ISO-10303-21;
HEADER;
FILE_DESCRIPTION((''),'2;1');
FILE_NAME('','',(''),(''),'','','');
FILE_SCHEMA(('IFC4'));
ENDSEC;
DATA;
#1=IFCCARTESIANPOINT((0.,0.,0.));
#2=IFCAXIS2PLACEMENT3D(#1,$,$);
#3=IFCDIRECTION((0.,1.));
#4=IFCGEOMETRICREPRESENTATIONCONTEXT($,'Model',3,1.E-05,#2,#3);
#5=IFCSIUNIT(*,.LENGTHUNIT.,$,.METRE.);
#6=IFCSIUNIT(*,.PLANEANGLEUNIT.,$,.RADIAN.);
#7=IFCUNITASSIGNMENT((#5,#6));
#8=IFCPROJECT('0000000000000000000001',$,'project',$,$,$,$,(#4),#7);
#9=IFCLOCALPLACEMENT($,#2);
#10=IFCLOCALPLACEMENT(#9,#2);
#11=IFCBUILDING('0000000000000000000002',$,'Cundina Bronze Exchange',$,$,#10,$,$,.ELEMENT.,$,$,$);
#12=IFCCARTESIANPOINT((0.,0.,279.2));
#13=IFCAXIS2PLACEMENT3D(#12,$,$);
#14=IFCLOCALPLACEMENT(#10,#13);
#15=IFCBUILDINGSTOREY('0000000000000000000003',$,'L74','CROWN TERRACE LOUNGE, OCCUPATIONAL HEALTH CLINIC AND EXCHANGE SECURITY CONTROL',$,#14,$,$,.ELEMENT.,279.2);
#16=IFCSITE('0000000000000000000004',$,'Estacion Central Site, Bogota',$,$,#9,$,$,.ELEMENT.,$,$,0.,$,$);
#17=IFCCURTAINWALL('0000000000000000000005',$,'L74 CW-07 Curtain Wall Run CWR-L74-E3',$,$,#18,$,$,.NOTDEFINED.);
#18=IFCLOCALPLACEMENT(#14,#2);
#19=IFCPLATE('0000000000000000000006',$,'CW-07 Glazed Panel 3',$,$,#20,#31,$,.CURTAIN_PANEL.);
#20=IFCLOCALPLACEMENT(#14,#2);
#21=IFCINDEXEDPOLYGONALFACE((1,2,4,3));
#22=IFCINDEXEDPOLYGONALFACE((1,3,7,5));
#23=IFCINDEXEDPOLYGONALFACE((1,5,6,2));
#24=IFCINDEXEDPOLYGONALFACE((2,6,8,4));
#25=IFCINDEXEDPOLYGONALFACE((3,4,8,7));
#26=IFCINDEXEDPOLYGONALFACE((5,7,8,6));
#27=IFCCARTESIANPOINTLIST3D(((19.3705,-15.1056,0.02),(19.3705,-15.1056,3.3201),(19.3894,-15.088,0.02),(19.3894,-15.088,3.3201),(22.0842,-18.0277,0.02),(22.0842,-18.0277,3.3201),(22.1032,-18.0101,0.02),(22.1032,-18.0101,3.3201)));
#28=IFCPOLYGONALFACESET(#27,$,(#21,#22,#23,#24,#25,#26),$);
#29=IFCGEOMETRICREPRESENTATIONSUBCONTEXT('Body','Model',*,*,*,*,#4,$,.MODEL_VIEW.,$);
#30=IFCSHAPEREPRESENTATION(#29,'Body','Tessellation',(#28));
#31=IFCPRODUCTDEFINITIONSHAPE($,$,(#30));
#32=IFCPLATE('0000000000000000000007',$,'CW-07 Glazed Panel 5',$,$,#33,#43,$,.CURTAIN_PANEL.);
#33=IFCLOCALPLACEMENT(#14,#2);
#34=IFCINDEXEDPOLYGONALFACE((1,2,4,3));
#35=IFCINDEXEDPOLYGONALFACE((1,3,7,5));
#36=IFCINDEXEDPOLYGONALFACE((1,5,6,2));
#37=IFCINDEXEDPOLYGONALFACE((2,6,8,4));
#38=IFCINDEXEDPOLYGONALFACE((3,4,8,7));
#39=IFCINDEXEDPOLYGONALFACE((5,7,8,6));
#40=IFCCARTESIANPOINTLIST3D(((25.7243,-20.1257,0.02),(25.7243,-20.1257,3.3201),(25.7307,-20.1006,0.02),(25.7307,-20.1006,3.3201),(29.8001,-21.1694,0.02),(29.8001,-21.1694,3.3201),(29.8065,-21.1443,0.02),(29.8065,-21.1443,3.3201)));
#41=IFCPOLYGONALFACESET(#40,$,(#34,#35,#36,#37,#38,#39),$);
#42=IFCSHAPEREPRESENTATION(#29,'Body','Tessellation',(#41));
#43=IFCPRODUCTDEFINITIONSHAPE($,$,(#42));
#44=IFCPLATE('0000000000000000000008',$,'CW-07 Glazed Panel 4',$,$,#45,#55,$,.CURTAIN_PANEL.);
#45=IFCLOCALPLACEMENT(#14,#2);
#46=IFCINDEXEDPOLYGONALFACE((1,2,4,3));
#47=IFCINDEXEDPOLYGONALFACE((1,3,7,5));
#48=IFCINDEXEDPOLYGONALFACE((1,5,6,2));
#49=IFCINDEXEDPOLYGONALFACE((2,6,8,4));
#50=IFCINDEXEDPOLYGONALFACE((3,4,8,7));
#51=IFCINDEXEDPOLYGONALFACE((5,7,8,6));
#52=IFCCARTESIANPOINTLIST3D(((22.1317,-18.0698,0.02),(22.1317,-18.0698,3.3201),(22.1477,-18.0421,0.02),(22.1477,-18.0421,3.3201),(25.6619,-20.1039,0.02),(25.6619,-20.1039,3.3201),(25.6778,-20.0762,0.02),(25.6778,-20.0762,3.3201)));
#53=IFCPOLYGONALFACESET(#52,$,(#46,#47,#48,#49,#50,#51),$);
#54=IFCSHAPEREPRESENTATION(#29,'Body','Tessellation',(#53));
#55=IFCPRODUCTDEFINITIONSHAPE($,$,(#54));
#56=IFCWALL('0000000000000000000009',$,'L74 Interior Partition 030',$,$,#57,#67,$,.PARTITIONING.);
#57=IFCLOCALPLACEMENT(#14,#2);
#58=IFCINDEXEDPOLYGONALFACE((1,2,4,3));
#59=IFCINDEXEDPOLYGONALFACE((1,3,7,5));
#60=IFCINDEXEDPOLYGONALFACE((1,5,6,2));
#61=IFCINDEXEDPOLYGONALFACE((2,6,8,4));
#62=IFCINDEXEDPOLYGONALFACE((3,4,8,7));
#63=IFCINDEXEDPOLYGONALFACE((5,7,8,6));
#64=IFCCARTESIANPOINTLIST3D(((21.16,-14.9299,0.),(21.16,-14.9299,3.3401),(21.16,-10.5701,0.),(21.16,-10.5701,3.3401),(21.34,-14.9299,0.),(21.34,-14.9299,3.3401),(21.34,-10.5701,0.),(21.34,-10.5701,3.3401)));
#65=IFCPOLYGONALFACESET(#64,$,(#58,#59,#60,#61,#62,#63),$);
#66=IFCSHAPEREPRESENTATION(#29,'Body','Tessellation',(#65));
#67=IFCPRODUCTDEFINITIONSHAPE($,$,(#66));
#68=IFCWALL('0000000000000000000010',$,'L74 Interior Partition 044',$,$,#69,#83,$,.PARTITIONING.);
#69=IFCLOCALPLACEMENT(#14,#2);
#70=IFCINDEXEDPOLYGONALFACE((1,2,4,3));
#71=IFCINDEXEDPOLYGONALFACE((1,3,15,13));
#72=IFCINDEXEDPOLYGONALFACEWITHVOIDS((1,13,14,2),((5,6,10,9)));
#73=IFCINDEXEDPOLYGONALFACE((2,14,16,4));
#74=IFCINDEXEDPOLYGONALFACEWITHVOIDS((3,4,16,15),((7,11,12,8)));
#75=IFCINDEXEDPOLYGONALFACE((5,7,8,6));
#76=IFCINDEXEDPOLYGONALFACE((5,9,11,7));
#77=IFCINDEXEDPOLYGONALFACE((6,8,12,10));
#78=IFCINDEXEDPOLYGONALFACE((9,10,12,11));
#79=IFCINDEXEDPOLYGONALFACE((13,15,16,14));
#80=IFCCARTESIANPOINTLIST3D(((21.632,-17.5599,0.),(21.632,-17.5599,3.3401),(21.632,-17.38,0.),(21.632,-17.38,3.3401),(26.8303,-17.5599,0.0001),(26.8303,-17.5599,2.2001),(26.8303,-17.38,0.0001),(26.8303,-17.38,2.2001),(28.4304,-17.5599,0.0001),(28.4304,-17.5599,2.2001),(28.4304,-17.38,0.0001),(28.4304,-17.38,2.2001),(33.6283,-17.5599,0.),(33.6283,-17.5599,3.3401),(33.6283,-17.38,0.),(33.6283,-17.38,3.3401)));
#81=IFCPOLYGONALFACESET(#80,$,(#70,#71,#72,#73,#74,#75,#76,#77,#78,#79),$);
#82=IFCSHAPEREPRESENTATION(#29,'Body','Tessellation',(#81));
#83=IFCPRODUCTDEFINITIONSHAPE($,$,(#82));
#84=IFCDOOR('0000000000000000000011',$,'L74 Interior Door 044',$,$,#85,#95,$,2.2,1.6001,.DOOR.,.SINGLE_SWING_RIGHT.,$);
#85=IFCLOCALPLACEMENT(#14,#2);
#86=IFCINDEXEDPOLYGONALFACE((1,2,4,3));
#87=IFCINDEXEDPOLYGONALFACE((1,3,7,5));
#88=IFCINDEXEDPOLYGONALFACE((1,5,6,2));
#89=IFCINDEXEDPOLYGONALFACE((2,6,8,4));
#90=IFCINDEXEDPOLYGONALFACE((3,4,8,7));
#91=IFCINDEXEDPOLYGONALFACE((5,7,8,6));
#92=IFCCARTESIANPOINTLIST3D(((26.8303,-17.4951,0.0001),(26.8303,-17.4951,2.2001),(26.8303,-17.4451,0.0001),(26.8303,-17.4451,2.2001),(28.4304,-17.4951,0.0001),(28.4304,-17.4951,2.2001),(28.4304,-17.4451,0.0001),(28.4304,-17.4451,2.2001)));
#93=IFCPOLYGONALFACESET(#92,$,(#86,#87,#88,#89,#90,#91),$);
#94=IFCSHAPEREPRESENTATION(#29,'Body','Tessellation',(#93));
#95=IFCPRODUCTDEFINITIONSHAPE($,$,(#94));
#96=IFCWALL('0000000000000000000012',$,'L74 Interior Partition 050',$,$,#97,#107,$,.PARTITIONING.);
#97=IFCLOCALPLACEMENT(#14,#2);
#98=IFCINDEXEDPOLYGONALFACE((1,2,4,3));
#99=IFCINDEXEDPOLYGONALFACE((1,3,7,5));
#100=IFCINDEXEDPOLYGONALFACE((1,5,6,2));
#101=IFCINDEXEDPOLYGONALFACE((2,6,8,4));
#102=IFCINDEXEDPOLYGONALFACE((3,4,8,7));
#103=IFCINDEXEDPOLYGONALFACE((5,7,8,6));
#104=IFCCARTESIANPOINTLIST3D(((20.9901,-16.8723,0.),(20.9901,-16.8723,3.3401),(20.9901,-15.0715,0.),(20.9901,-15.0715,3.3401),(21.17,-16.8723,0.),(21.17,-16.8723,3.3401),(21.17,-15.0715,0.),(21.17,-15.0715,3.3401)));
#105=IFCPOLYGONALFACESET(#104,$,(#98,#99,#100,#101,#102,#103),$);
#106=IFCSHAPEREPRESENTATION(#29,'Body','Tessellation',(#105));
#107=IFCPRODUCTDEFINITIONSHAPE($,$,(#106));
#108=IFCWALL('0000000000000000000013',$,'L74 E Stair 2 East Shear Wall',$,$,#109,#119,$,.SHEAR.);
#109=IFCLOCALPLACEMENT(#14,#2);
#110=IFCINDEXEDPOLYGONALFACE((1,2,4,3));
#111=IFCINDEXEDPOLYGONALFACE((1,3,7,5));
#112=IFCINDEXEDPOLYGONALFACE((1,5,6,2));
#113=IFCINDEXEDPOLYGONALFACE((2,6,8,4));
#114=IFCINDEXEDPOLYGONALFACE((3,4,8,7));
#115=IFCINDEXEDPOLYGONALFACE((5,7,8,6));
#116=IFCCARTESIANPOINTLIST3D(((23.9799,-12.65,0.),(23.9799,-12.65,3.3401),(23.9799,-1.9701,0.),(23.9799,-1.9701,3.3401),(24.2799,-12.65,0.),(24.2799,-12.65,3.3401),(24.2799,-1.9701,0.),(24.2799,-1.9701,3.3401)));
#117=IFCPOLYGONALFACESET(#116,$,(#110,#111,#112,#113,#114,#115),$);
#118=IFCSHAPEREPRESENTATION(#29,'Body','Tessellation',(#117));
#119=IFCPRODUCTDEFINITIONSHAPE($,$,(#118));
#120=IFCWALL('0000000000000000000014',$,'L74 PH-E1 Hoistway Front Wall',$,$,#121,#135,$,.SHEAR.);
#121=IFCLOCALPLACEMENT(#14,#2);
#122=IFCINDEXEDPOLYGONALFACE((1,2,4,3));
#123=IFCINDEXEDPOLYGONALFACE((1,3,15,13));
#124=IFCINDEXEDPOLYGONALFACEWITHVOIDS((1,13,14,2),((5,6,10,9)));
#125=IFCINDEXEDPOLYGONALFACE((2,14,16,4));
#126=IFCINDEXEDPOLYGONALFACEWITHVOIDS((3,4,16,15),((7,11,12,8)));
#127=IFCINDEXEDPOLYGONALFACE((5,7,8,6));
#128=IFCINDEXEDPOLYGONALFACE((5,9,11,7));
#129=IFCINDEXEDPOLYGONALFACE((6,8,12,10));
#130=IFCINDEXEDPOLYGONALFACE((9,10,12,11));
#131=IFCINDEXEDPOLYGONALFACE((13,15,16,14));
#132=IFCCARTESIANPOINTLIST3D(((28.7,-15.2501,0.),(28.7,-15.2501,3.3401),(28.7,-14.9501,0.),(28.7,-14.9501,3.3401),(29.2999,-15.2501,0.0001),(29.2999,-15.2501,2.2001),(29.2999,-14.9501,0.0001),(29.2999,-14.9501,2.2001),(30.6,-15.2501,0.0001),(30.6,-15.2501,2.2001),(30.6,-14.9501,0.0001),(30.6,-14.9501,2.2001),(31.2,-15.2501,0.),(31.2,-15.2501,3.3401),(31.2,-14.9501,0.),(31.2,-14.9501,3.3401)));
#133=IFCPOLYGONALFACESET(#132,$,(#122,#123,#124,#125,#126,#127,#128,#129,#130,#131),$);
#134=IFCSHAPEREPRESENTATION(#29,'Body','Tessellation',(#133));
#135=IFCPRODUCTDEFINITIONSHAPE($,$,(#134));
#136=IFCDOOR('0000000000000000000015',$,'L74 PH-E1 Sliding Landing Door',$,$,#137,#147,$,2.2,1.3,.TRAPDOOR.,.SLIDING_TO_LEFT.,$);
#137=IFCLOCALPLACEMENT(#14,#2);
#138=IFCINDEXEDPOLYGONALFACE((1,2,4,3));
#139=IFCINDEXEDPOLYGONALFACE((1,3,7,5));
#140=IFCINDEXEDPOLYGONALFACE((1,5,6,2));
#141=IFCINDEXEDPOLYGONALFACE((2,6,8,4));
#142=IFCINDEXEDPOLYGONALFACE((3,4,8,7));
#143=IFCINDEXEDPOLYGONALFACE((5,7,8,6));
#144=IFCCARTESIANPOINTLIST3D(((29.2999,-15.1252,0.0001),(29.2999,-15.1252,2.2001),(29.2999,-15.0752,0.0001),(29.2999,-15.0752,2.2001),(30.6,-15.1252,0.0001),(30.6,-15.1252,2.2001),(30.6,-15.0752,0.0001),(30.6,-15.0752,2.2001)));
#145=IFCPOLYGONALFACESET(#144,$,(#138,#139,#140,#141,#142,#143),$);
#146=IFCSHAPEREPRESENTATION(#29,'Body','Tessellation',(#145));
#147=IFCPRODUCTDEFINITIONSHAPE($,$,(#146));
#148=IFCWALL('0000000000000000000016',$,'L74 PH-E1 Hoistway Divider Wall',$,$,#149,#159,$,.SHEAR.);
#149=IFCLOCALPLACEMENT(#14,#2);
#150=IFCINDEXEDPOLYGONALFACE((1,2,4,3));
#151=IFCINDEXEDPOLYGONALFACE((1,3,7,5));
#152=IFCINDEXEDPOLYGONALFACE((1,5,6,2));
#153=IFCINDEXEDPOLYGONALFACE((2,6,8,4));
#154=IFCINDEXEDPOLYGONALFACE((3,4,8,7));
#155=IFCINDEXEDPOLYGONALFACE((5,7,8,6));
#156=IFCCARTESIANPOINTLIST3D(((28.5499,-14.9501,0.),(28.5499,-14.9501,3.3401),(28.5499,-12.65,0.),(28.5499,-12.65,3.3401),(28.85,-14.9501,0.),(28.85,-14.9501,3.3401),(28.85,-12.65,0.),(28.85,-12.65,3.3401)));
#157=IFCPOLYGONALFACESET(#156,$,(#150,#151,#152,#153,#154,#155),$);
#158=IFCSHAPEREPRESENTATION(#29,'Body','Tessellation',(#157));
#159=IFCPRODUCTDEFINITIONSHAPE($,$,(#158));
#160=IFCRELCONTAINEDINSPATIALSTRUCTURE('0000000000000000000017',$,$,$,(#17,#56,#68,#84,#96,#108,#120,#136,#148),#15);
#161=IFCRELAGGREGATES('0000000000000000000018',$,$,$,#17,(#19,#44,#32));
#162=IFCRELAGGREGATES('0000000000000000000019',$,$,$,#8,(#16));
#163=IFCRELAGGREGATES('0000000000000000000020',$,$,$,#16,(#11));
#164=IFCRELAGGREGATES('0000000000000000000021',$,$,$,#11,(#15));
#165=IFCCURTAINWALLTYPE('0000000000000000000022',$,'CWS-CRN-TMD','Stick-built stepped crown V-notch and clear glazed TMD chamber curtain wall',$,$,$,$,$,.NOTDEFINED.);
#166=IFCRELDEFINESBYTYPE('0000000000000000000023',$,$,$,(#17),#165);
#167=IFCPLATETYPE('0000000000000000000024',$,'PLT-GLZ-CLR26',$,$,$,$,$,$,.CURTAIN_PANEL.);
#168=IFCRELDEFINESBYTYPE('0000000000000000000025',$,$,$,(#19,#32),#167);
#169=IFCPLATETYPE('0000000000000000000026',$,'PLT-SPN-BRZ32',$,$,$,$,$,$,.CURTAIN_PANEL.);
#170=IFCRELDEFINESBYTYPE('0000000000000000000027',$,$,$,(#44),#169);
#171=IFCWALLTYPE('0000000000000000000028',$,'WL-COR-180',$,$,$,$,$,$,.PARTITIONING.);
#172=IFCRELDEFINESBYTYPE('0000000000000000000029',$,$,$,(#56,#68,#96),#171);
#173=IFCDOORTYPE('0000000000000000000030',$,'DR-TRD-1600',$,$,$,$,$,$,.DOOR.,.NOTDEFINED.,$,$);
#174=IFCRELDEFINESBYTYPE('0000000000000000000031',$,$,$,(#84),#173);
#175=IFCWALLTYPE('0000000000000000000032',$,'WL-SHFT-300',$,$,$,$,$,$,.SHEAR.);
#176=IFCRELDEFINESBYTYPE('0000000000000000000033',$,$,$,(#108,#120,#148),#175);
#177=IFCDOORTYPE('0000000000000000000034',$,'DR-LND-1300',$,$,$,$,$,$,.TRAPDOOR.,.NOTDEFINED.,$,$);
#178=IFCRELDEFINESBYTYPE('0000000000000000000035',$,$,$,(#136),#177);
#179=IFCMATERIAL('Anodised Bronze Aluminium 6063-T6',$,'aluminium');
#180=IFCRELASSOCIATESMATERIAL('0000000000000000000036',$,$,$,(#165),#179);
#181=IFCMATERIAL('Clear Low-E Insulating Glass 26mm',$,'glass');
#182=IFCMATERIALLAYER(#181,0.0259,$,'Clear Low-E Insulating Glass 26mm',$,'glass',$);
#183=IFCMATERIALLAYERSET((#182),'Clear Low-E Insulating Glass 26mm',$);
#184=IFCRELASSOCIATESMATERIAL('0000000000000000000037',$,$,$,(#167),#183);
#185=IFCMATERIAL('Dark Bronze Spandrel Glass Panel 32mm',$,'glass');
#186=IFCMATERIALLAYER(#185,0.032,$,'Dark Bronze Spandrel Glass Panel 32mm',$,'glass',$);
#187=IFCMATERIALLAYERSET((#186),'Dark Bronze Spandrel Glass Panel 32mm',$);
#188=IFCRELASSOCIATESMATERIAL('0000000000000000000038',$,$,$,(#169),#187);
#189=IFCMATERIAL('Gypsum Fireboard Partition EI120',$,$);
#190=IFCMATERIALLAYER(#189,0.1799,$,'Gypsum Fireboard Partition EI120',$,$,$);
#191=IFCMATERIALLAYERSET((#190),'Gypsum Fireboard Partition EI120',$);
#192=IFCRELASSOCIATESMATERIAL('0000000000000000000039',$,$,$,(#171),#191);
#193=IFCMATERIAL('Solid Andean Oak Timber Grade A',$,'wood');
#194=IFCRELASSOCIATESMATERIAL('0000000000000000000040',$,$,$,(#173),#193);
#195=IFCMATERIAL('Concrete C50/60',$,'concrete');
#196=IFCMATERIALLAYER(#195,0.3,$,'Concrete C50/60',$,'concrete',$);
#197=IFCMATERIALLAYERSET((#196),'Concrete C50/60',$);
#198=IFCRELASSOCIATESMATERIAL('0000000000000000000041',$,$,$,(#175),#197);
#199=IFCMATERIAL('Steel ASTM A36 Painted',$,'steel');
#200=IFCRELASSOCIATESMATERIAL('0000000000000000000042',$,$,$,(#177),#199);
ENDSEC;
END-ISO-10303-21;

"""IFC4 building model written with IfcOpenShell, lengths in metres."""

from ifc_helpers import new_model, si_unit, direction, frame, frame_2d, origin, origin_2d, place, context, subcontext, project, spatial, rectangle, extrude, material, layer, layer_set, type_object, element, fill, aggregate, save


model = new_model("IFC4")

# Units and contexts
model_context = context("Model", 3, precision=1e-05, world=origin(), true_north=direction((0.0, 1.0)))
body_context = subcontext(model_context, "Body", "Model", "MODEL_VIEW")
ifc_project = project(units=[si_unit("LENGTHUNIT", "METRE"), si_unit("PLANEANGLEUNIT", "RADIAN")], contexts=[model_context])

# Site, building, storey
site_placement = place(None, origin())
site = spatial("IfcSite", under=ifc_project, at=site_placement, Name="Estacion Central Site, Bogota", CompositionType="ELEMENT", RefElevation=0.0)
building_placement = place(site_placement, origin())
building = spatial("IfcBuilding", under=site, at=building_placement, Name="Cundina Bronze Exchange", CompositionType="ELEMENT")
storey_placement = place(building_placement, frame((0.0, 0.0, 279.2)))
storey = spatial("IfcBuildingStorey", under=building, at=storey_placement, Name="L74", Description="CROWN TERRACE LOUNGE, OCCUPATIONAL HEALTH CLINIC AND EXCHANGE SECURITY CONTROL", CompositionType="ELEMENT", Elevation=279.2)

# Curtain wall, plates
ifc_material_1 = material(Name="Anodised Bronze Aluminium 6063-T6", Category="aluminium")
curtain_wall_type = type_object("IfcCurtainWallType", Name="CWS-CRN-TMD", Description="Stick-built stepped crown V-notch and clear glazed TMD chamber curtain wall", PredefinedType="NOTDEFINED", material=ifc_material_1)
curtain_wall_placement = place(storey_placement, origin())
curtain_wall = element("IfcCurtainWall", 1, at=curtain_wall_placement, inside=storey, type_object=curtain_wall_type, Name="L74 CW-07 Curtain Wall Run CWR-L74-E3", PredefinedType="NOTDEFINED")
ifc_material_2 = material(Name="Clear Low-E Insulating Glass 26mm", Category="glass")
ifc_layer_1 = layer(ifc_material_2, 0.0259, Name="Clear Low-E Insulating Glass 26mm", Category="glass")
ifc_layer_set_1 = layer_set([ifc_layer_1], Name="Clear Low-E Insulating Glass 26mm")
plate_type_1 = type_object("IfcPlateType", Name="PLT-GLZ-CLR26", PredefinedType="CURTAIN_PANEL", material=ifc_layer_set_1)
plate_1_placement = place(storey_placement, frame((20.7368, -16.5579, 0.02), z_axis=(0.0, 0.0, 1.0), x_axis=(0.680503, -0.732745, 0.0)))
plate_1 = element("IfcPlate", 2, at=plate_1_placement, type_object=plate_type_1, Name="CW-07 Glazed Panel 3", PredefinedType="CURTAIN_PANEL", context=body_context, shape_type="SweptSolid", body=[
    extrude(rectangle(XDim=3.9878, YDim=0.0259, at=origin_2d()), origin(), (0.0, 0.0, 1.0), 3.3),
])
plate_2_placement = place(storey_placement, frame((27.7654, -20.635, 0.02), z_axis=(0.0, 0.0, 1.0), x_axis=(0.968744, -0.248064, 0.0)))
plate_2 = element("IfcPlate", 3, at=plate_2_placement, type_object=plate_type_1, Name="CW-07 Glazed Panel 5", PredefinedType="CURTAIN_PANEL", context=body_context, shape_type="SweptSolid", body=[
    extrude(rectangle(XDim=4.2073, YDim=0.0259, at=origin_2d()), origin(), (0.0, 0.0, 1.0), 3.3),
])
ifc_material_3 = material(Name="Dark Bronze Spandrel Glass Panel 32mm", Category="glass")
ifc_layer_2 = layer(ifc_material_3, 0.032, Name="Dark Bronze Spandrel Glass Panel 32mm", Category="glass")
ifc_layer_set_2 = layer_set([ifc_layer_2], Name="Dark Bronze Spandrel Glass Panel 32mm")
plate_type_2 = type_object("IfcPlateType", Name="PLT-SPN-BRZ32", PredefinedType="CURTAIN_PANEL", material=ifc_layer_set_2)
plate_3_placement = place(storey_placement, frame((23.9048, -19.073, 0.02), z_axis=(0.0, 0.0, 1.0), x_axis=(0.866453, -0.499259, 0.0)))
plate_3 = element("IfcPlate", 4, at=plate_3_placement, type_object=plate_type_2, Name="CW-07 Glazed Panel 4", PredefinedType="CURTAIN_PANEL", context=body_context, shape_type="SweptSolid", body=[
    extrude(rectangle(XDim=4.0742, YDim=0.032, at=origin_2d()), origin(), (0.0, 0.0, 1.0), 3.3),
])
aggregate(curtain_wall, [plate_1, plate_3, plate_2])

# Wall
ifc_material_4 = material(Name="Gypsum Fireboard Partition EI120")
ifc_layer_3 = layer(ifc_material_4, 0.1799, Name="Gypsum Fireboard Partition EI120")
ifc_layer_set_3 = layer_set([ifc_layer_3], Name="Gypsum Fireboard Partition EI120")
wall_type_1 = type_object("IfcWallType", Name="WL-COR-180", PredefinedType="PARTITIONING", material=ifc_layer_set_3)
wall_1_placement = place(storey_placement, frame((21.25, -14.9299, 0.0), z_axis=(0.0, 0.0, 1.0), x_axis=(0.0, 1.0, 0.0)))
element("IfcWall", 5, at=wall_1_placement, inside=storey, type_object=wall_type_1, Name="L74 Interior Partition 030", PredefinedType="PARTITIONING", context=body_context, shape_type="SweptSolid", body=[
    extrude(rectangle(XDim=4.3599, YDim=0.1799, at=frame_2d((2.1799, 0.0))), origin(), (0.0, 0.0, 1.0), 3.3401),
])

# Wall, opening, door
wall_2_placement = place(storey_placement, frame((21.6321, -17.47, 0.0), z_axis=(0.0, 0.0, 1.0), x_axis=(1.0, 0.0, 0.0)))
wall_2 = element("IfcWall", 6, at=wall_2_placement, inside=storey, type_object=wall_type_1, Name="L74 Interior Partition 044", PredefinedType="PARTITIONING", context=body_context, shape_type="SweptSolid", body=[
    extrude(rectangle(XDim=11.9963, YDim=0.1799, at=frame_2d((5.998, 0.0))), origin(), (0.0, 0.0, 1.0), 3.3401),
])
opening_1_placement = place(wall_2_placement, frame((5.1982, 0.0, 0.0)))
opening_1 = element("IfcOpeningElement", 7, at=opening_1_placement, cuts=wall_2, PredefinedType="OPENING", context=body_context, shape_type="SweptSolid", body=[
    extrude(rectangle(XDim=1.6001, YDim=2.2, at=frame_2d((0.8, 1.1001))), frame((0.0, 0.0999, 0.0), z_axis=(0.0, -1.0, 0.0), x_axis=(1.0, 0.0, 0.0)), (0.0, 0.0, 1.0), 0.2),
])
ifc_material_5 = material(Name="Solid Andean Oak Timber Grade A", Category="wood")
door_type_1 = type_object("IfcDoorType", Name="DR-TRD-1600", OperationType="NOTDEFINED", PredefinedType="DOOR", material=ifc_material_5)
door_1_placement = place(opening_1_placement, origin())
door_1 = element("IfcDoor", 8, at=door_1_placement, inside=storey, type_object=door_type_1, Name="L74 Interior Door 044", OperationType="SINGLE_SWING_RIGHT", OverallHeight=2.2, OverallWidth=1.6001, PredefinedType="DOOR", context=body_context, shape_type="SweptSolid", body=[
    extrude(rectangle(XDim=1.6001, YDim=2.2, at=frame_2d((0.8, 1.1001))), frame((0.0, 0.0249, 0.0), z_axis=(0.0, -1.0, 0.0), x_axis=(1.0, 0.0, 0.0)), (0.0, 0.0, 1.0), 0.05),
])
fill(opening_1, door_1)

# Walls
wall_3_placement = place(storey_placement, frame((21.0801, -15.0715, 0.0), z_axis=(0.0, 0.0, 1.0), x_axis=(0.0, -1.0, 0.0)))
element("IfcWall", 9, at=wall_3_placement, inside=storey, type_object=wall_type_1, Name="L74 Interior Partition 050", PredefinedType="PARTITIONING", context=body_context, shape_type="SweptSolid", body=[
    extrude(rectangle(XDim=1.8008, YDim=0.1799, at=frame_2d((0.9004, 0.0))), origin(), (0.0, 0.0, 1.0), 3.3401),
])
ifc_material_6 = material(Name="Concrete C50/60", Category="concrete")
ifc_layer_4 = layer(ifc_material_6, 0.3, Name="Concrete C50/60", Category="concrete")
ifc_layer_set_4 = layer_set([ifc_layer_4], Name="Concrete C50/60")
wall_type_2 = type_object("IfcWallType", Name="WL-SHFT-300", PredefinedType="SHEAR", material=ifc_layer_set_4)
wall_4_placement = place(storey_placement, frame((24.1299, -12.6499, 0.0), z_axis=(0.0, 0.0, 1.0), x_axis=(0.0, 1.0, 0.0)))
element("IfcWall", 10, at=wall_4_placement, inside=storey, type_object=wall_type_2, Name="L74 E Stair 2 East Shear Wall", PredefinedType="SHEAR", context=body_context, shape_type="SweptSolid", body=[
    extrude(rectangle(XDim=10.6799, YDim=0.3, at=frame_2d((5.3398, 0.0))), origin(), (0.0, 0.0, 1.0), 3.3401),
])

# Wall, opening, door
wall_5_placement = place(storey_placement, frame((28.7, -15.1001, 0.0), z_axis=(0.0, 0.0, 1.0), x_axis=(1.0, 0.0, 0.0)))
wall_5 = element("IfcWall", 11, at=wall_5_placement, inside=storey, type_object=wall_type_2, Name="L74 PH-E1 Hoistway Front Wall", PredefinedType="SHEAR", context=body_context, shape_type="SweptSolid", body=[
    extrude(rectangle(XDim=2.5, YDim=0.3, at=frame_2d((1.25, 0.0))), origin(), (0.0, 0.0, 1.0), 3.3401),
])
opening_2_placement = place(wall_5_placement, frame((0.6001, 0.0, 0.0)))
opening_2 = element("IfcOpeningElement", 12, at=opening_2_placement, cuts=wall_5, PredefinedType="OPENING", context=body_context, shape_type="SweptSolid", body=[
    extrude(rectangle(XDim=1.3, YDim=2.2, at=frame_2d((0.6499, 1.1001))), frame((0.0, 0.1599, 0.0), z_axis=(0.0, -1.0, 0.0), x_axis=(1.0, 0.0, 0.0)), (0.0, 0.0, 1.0), 0.3201),
])
ifc_material_7 = material(Name="Steel ASTM A36 Painted", Category="steel")
door_type_2 = type_object("IfcDoorType", Name="DR-LND-1300", OperationType="NOTDEFINED", PredefinedType="TRAPDOOR", material=ifc_material_7)
door_2_placement = place(opening_2_placement, origin())
door_2 = element("IfcDoor", 13, at=door_2_placement, inside=storey, type_object=door_type_2, Name="L74 PH-E1 Sliding Landing Door", OperationType="SLIDING_TO_LEFT", OverallHeight=2.2, OverallWidth=1.3, PredefinedType="TRAPDOOR", context=body_context, shape_type="SweptSolid", body=[
    extrude(rectangle(XDim=1.3, YDim=2.2, at=frame_2d((0.6499, 1.1001))), frame((0.0, 0.0249, 0.0), z_axis=(0.0, -1.0, 0.0), x_axis=(1.0, 0.0, 0.0)), (0.0, 0.0, 1.0), 0.05),
])
fill(opening_2, door_2)

# Wall
wall_6_placement = place(storey_placement, frame((28.7, -14.95, 0.0), z_axis=(0.0, 0.0, 1.0), x_axis=(0.0, 1.0, 0.0)))
element("IfcWall", 14, at=wall_6_placement, inside=storey, type_object=wall_type_2, Name="L74 PH-E1 Hoistway Divider Wall", PredefinedType="SHEAR", context=body_context, shape_type="SweptSolid", body=[
    extrude(rectangle(XDim=2.3, YDim=0.3, at=frame_2d((1.1499, 0.0))), origin(), (0.0, 0.0, 1.0), 3.3401),
])

save(model, "model.ifc")
